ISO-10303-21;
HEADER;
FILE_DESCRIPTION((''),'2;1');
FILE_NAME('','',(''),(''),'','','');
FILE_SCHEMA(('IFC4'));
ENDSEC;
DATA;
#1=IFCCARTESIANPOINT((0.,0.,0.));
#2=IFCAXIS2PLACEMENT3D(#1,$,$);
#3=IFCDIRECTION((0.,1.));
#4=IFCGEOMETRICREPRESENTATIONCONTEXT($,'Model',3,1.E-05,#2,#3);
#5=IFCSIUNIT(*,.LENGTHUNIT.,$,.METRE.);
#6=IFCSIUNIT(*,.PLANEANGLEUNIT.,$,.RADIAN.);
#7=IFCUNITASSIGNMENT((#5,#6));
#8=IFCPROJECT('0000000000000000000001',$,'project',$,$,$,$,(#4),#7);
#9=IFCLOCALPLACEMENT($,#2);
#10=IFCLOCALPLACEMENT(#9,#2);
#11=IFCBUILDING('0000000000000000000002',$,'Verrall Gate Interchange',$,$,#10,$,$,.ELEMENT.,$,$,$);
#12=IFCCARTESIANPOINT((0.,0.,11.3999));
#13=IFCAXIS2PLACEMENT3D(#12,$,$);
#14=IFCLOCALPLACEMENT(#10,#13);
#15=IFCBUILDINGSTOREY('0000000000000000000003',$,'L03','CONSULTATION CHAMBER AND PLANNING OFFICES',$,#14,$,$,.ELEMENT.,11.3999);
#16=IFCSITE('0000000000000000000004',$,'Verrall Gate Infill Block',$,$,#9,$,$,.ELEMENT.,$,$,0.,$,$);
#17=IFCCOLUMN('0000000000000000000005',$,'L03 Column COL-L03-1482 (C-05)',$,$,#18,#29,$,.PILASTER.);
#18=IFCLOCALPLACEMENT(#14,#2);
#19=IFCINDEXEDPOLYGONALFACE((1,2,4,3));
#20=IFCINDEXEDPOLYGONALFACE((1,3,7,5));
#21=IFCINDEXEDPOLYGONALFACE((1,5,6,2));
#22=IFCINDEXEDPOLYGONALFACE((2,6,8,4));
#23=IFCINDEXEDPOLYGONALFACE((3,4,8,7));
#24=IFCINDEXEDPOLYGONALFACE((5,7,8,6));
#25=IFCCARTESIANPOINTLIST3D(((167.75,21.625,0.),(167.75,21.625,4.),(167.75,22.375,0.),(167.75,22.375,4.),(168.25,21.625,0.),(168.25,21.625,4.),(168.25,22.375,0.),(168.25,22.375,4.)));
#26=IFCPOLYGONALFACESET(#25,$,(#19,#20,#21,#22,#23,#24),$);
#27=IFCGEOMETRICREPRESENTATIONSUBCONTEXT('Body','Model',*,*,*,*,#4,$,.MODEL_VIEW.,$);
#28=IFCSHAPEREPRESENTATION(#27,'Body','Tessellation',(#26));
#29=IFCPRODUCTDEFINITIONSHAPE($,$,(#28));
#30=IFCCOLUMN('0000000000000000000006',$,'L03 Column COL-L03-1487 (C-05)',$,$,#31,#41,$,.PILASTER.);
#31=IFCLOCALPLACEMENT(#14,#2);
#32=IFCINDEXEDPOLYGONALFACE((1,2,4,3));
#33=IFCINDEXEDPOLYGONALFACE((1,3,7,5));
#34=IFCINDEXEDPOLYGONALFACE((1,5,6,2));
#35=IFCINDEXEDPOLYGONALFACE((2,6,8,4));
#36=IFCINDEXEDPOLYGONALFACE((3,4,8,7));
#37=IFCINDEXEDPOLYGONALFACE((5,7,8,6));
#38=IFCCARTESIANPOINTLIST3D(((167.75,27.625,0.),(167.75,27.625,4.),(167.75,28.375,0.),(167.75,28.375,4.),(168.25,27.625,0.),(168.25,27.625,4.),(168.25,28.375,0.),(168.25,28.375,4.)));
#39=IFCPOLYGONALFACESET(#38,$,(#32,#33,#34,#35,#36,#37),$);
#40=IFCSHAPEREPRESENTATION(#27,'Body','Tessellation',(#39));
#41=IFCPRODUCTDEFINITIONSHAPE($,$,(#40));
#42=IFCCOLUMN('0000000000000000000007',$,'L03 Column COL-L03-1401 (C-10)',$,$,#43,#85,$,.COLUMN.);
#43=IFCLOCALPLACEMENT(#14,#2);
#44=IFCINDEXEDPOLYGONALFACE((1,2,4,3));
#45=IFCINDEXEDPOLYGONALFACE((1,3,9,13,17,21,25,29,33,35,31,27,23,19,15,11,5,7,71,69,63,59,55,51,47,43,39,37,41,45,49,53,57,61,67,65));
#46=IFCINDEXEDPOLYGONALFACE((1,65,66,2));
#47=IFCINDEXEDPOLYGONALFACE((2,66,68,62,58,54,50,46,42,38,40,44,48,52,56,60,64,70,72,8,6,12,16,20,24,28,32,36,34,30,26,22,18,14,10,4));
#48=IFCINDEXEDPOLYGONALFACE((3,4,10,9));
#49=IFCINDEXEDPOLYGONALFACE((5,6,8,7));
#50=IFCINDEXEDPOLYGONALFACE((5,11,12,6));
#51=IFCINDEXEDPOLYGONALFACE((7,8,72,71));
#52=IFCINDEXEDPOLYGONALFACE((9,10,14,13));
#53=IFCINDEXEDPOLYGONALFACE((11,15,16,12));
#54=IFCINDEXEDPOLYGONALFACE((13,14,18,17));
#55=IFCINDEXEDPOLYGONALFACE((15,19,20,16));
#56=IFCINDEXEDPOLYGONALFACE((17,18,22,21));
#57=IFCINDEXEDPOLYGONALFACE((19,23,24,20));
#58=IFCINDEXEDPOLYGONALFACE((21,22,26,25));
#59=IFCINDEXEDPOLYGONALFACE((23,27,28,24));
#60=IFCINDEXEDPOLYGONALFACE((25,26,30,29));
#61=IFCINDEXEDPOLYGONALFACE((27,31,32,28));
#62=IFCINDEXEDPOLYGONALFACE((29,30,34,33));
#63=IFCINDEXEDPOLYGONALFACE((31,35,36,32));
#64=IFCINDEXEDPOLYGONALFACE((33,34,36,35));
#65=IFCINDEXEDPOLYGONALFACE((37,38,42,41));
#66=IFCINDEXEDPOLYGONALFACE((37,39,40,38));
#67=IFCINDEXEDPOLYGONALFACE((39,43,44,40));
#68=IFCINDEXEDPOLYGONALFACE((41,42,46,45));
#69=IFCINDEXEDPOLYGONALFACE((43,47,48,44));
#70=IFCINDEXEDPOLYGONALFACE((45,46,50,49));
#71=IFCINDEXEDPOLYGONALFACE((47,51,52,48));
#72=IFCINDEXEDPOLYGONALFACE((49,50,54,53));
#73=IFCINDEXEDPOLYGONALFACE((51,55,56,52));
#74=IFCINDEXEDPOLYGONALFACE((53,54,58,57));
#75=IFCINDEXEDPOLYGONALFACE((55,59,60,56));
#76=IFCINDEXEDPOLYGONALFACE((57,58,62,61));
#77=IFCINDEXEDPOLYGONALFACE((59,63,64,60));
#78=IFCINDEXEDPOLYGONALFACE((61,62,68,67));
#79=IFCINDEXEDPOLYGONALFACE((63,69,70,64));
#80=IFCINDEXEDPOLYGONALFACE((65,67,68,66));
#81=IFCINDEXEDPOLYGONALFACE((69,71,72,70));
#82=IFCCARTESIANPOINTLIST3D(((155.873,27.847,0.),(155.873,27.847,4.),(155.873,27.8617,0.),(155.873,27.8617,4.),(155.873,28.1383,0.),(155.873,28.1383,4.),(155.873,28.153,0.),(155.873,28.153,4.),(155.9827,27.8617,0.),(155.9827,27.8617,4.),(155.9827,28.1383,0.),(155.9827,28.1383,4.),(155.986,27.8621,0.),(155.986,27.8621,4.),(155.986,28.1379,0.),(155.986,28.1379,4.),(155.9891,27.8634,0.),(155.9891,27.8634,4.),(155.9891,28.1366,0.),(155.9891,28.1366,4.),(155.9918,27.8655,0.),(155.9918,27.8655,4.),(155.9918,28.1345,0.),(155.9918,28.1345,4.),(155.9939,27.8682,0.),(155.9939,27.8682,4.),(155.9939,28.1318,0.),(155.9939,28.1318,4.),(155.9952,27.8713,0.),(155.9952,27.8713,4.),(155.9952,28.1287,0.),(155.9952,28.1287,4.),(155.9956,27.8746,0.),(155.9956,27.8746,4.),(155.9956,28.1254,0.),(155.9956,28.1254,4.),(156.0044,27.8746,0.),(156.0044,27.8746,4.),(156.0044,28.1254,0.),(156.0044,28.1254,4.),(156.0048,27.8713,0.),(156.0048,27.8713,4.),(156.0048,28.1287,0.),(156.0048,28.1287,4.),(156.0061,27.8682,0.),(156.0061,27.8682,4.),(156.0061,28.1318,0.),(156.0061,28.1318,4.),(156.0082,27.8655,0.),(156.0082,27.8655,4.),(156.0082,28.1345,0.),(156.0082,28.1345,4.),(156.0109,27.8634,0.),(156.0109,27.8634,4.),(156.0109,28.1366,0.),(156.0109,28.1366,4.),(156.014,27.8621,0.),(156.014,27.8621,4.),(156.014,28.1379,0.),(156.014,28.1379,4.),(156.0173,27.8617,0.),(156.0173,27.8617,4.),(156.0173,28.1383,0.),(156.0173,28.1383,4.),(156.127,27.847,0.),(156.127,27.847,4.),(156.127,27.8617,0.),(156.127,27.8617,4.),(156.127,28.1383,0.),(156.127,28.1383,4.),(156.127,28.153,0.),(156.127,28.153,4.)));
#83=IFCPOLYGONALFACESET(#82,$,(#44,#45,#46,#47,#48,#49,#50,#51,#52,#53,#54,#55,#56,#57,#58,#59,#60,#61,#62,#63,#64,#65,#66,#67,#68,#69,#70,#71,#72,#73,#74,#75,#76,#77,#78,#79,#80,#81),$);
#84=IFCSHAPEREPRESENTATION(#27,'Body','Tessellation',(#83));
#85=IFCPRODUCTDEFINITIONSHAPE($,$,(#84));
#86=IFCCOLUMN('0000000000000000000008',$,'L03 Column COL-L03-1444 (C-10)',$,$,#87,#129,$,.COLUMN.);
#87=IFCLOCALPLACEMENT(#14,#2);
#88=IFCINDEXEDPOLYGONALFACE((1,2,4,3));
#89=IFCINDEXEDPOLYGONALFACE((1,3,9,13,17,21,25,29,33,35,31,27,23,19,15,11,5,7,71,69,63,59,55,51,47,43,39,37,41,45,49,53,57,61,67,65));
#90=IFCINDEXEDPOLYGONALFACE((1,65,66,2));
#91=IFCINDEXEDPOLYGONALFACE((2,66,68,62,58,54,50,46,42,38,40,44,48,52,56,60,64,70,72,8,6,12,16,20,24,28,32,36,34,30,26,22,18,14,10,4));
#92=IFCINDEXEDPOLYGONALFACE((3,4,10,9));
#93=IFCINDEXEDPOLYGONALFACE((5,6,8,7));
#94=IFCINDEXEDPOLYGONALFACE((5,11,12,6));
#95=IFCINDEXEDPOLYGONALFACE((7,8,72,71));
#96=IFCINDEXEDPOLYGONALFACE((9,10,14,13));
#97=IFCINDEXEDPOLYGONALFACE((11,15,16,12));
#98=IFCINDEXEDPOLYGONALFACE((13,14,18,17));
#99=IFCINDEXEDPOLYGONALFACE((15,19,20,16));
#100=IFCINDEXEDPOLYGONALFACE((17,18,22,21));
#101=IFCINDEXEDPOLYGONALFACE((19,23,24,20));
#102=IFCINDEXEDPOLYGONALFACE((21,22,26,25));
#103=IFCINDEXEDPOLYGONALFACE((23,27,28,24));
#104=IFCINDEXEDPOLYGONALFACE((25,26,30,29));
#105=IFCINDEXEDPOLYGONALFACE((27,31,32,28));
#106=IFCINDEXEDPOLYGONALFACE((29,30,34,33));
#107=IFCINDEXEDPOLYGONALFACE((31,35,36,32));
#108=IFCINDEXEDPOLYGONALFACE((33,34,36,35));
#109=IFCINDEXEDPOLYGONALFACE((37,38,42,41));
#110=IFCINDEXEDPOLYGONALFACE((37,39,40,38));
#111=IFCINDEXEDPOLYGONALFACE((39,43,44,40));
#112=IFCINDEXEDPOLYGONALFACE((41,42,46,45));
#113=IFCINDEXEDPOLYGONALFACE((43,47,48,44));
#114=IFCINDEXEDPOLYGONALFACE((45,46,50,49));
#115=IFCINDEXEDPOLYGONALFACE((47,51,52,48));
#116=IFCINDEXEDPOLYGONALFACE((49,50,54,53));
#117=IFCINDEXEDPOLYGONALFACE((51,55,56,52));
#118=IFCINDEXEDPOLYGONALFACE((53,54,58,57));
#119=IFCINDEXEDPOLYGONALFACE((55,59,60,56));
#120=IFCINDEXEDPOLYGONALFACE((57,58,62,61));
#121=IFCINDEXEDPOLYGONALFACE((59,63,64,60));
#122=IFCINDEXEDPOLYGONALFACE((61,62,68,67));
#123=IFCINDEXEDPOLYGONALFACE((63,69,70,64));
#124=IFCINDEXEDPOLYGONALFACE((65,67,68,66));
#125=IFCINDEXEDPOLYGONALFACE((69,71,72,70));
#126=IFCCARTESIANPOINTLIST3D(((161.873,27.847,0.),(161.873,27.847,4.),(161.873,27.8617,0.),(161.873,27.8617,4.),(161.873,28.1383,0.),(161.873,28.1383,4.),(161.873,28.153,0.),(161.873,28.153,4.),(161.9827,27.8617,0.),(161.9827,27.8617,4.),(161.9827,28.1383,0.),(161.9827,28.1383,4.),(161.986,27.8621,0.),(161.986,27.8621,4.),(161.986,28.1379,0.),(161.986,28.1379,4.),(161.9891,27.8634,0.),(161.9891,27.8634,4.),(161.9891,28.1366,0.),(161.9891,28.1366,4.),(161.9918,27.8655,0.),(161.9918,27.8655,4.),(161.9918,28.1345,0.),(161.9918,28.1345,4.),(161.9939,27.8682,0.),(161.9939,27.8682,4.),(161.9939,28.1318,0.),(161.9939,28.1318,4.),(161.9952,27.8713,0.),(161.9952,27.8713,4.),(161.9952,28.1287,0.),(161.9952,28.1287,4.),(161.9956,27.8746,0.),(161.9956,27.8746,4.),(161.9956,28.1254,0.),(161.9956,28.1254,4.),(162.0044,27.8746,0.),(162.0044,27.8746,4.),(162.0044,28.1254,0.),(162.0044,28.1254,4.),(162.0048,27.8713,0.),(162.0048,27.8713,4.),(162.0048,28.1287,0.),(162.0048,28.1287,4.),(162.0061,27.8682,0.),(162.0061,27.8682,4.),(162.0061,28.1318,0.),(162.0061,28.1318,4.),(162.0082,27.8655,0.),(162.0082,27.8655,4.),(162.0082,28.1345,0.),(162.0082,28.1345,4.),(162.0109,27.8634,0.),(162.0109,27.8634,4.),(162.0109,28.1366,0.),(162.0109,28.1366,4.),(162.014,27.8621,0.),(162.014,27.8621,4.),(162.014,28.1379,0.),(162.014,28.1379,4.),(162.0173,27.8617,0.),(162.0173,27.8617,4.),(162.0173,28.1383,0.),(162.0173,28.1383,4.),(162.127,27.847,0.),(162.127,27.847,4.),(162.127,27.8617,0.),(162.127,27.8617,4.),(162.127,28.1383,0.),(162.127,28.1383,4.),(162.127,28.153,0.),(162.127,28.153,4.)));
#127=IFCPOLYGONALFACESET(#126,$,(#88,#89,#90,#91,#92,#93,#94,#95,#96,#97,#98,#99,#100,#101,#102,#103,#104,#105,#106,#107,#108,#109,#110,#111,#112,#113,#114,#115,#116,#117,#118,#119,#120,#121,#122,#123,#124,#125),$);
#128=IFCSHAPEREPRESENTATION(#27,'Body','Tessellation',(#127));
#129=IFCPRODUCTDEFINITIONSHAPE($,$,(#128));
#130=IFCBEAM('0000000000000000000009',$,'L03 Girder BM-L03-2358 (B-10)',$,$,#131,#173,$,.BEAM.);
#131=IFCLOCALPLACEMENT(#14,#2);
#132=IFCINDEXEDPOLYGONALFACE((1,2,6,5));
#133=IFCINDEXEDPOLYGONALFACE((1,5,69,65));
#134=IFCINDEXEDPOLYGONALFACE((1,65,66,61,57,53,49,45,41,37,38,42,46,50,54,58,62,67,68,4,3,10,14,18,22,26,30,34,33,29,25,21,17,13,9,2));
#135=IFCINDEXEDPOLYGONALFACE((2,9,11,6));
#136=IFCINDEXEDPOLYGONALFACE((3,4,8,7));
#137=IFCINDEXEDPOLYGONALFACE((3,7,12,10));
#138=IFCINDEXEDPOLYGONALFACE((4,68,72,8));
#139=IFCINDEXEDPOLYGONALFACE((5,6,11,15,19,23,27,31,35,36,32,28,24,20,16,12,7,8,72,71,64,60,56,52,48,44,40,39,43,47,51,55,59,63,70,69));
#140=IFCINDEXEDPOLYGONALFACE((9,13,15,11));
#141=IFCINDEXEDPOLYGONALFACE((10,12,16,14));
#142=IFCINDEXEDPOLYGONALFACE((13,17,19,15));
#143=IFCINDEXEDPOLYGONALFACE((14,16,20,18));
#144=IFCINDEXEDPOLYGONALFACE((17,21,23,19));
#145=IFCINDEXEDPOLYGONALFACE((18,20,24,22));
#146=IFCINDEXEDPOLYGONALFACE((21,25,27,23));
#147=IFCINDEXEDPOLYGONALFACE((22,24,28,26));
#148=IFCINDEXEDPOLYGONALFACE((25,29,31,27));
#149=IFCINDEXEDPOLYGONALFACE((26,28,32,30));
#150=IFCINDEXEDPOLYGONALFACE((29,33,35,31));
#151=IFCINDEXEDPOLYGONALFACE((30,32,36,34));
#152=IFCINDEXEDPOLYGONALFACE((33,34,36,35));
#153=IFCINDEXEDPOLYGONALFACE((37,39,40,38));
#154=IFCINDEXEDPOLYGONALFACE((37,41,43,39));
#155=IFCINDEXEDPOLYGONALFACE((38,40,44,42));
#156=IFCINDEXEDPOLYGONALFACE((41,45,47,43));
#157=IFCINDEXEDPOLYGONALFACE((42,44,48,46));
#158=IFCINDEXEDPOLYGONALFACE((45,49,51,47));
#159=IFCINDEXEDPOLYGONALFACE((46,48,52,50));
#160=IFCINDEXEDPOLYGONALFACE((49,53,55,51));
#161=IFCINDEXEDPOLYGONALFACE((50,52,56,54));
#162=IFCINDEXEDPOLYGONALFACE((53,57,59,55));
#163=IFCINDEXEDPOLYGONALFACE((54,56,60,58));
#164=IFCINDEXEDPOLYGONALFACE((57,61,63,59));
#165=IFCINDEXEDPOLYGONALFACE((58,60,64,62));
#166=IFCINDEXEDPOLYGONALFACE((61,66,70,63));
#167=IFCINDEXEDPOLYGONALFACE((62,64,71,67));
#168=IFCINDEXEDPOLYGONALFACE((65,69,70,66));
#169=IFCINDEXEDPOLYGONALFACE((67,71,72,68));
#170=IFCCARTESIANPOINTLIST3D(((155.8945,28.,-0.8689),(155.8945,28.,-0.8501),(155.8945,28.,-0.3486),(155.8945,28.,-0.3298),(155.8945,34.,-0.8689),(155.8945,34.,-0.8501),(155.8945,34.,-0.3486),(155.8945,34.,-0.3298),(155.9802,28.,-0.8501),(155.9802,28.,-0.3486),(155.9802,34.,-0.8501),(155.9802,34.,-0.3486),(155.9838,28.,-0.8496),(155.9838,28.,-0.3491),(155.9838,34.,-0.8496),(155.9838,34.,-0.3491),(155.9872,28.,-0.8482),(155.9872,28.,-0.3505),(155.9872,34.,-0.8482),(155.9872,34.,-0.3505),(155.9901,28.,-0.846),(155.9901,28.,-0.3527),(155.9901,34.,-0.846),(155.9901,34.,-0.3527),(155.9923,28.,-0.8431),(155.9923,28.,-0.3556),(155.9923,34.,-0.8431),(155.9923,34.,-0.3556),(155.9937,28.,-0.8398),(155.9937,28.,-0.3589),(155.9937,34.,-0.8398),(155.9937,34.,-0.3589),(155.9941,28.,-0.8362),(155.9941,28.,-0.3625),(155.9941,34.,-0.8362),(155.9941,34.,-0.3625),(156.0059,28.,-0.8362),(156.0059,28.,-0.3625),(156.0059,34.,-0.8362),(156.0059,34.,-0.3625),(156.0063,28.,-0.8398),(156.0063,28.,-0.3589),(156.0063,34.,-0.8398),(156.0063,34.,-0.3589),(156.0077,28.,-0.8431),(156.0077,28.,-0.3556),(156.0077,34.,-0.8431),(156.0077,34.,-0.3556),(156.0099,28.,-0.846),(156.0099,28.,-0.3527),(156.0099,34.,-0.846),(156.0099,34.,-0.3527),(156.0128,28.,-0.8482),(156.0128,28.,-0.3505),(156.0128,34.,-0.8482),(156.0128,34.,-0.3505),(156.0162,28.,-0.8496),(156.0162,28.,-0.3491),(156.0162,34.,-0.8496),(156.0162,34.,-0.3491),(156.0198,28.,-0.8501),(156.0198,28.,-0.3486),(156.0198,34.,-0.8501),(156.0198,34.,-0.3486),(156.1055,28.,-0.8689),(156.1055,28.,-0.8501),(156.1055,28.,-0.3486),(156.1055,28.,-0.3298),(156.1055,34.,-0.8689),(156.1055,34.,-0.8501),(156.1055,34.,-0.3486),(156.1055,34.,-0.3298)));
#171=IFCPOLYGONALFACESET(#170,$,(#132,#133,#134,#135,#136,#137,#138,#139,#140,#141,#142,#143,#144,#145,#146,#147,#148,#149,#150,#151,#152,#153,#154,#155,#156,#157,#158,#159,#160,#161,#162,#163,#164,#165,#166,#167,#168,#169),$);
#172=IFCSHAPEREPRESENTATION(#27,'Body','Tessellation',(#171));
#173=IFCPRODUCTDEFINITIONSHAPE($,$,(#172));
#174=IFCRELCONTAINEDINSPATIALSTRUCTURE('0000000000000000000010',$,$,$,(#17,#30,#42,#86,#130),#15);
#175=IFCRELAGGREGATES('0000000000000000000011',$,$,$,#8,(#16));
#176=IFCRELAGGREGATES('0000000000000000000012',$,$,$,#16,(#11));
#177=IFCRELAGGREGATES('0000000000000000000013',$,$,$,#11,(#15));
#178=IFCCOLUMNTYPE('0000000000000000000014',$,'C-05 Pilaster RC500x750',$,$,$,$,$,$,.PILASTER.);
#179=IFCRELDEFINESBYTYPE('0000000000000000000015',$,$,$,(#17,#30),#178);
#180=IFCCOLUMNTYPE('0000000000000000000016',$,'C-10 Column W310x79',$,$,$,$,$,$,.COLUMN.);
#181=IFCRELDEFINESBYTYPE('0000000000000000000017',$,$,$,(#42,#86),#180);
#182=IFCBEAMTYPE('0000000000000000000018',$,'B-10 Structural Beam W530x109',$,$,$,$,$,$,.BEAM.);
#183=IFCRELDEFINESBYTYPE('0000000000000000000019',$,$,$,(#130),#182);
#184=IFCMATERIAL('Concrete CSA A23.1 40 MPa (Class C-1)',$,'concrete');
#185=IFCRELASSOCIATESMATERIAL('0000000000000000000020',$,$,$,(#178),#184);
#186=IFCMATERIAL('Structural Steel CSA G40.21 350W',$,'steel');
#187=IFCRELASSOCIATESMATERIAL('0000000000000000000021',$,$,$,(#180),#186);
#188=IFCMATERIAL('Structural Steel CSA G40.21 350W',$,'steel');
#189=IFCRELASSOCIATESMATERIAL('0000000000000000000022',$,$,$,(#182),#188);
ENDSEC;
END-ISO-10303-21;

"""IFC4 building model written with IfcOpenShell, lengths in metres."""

from ifc_helpers import new_model, si_unit, direction, frame, origin, origin_2d, place, context, subcontext, project, spatial, rectangle, i_section, extrude, material, material_profile, profile_set, type_object, element, save


model = new_model("IFC4")

# Units and contexts
model_context = context("Model", 3, precision=1e-05, world=origin(), true_north=direction((0.0, 1.0)))
body_context = subcontext(model_context, "Body", "Model", "MODEL_VIEW")
ifc_project = project(units=[si_unit("LENGTHUNIT", "METRE"), si_unit("PLANEANGLEUNIT", "RADIAN")], contexts=[model_context])

# Site, building, storey
site_placement = place(None, origin())
site = spatial("IfcSite", under=ifc_project, at=site_placement, Name="Verrall Gate Infill Block", CompositionType="ELEMENT", RefElevation=0.0)
building_placement = place(site_placement, origin())
building = spatial("IfcBuilding", under=site, at=building_placement, Name="Verrall Gate Interchange", CompositionType="ELEMENT")
storey_placement = place(building_placement, frame((0.0, 0.0, 11.3999)))
storey = spatial("IfcBuildingStorey", under=building, at=storey_placement, Name="L03", Description="CONSULTATION CHAMBER AND PLANNING OFFICES", CompositionType="ELEMENT", Elevation=11.3999)

# Columns
ifc_material_1 = material(Name="Concrete CSA A23.1 40 MPa (Class C-1)", Category="concrete")
ifc_material_profile_1 = material_profile(ifc_material_1, rectangle(XDim=0.5, YDim=0.75, at=origin_2d()), Name="RC500x750")
ifc_profile_set_1 = profile_set([ifc_material_profile_1], Name="Concrete CSA A23.1 40 MPa (Class C-1)")
column_type_1 = type_object("IfcColumnType", Name="C-05 Pilaster RC500x750", PredefinedType="PILASTER", material=ifc_profile_set_1)
for number, where, z_axis, x_axis, name in (
    (1, (168.0, 22.0, 0.0), (0.0, 0.0, 1.0), (1.0, 0.0, 0.0), "L03 Column COL-L03-1482 (C-05)"),
    (2, (168.0, 28.0, 0.0), (0.0, 0.0, 1.0), (1.0, 0.0, 0.0), "L03 Column COL-L03-1487 (C-05)"),
):
    element("IfcColumn", number, at=place(storey_placement, frame(where, z_axis=z_axis, x_axis=x_axis)), inside=storey, type_object=column_type_1, Name=name, PredefinedType="PILASTER", context=body_context, shape_type="SweptSolid", body=[
        extrude(rectangle(XDim=0.5, YDim=0.75, at=origin_2d()), origin(), (0.0, 0.0, 1.0), 4.0),
    ])
ifc_material_2 = material(Name="Structural Steel CSA G40.21 350W", Category="steel")
ifc_material_profile_2 = material_profile(ifc_material_2, i_section(OverallWidth=0.2539, OverallDepth=0.3059, WebThickness=0.0088, FlangeThickness=0.0146, FilletRadius=0.0129, at=origin_2d()), Name="W310x79")
ifc_profile_set_2 = profile_set([ifc_material_profile_2], Name="Structural Steel CSA G40.21 350W")
column_type_2 = type_object("IfcColumnType", Name="C-10 Column W310x79", PredefinedType="COLUMN", material=ifc_profile_set_2)
for number, where, z_axis, x_axis, name in (
    (3, (156.0, 28.0, 0.0), (0.0, 0.0, 1.0), (1.0, 0.0, 0.0), "L03 Column COL-L03-1401 (C-10)"),
    (4, (162.0, 28.0, 0.0), (0.0, 0.0, 1.0), (1.0, 0.0, 0.0), "L03 Column COL-L03-1444 (C-10)"),
):
    element("IfcColumn", number, at=place(storey_placement, frame(where, z_axis=z_axis, x_axis=x_axis)), inside=storey, type_object=column_type_2, Name=name, PredefinedType="COLUMN", context=body_context, shape_type="SweptSolid", body=[
        extrude(i_section(OverallWidth=0.2539, OverallDepth=0.3059, WebThickness=0.0088, FlangeThickness=0.0146, FilletRadius=0.0129, at=origin_2d()), origin(), (0.0, 0.0, 1.0), 4.0),
    ])

# Beam
ifc_material_3 = material(Name="Structural Steel CSA G40.21 350W", Category="steel")
ifc_material_profile_3 = material_profile(ifc_material_3, i_section(OverallWidth=0.2109, OverallDepth=0.5391, WebThickness=0.0117, FlangeThickness=0.0188, FilletRadius=0.0139, at=origin_2d()), Name="W530x109")
ifc_profile_set_3 = profile_set([ifc_material_profile_3], Name="Structural Steel CSA G40.21 350W")
beam_type_1 = type_object("IfcBeamType", Name="B-10 Structural Beam W530x109", PredefinedType="BEAM", material=ifc_profile_set_3)
for number, where, z_axis, x_axis, name in (
    (5, (156.0, 28.0, -0.5994), (0.0, 1.0, 0.0), (-1.0, 0.0, 0.0), "L03 Girder BM-L03-2358 (B-10)"),
):
    element("IfcBeam", number, at=place(storey_placement, frame(where, z_axis=z_axis, x_axis=x_axis)), inside=storey, type_object=beam_type_1, Name=name, PredefinedType="BEAM", context=body_context, shape_type="SweptSolid", body=[
        extrude(i_section(OverallWidth=0.2109, OverallDepth=0.5391, WebThickness=0.0117, FlangeThickness=0.0188, FilletRadius=0.0139, at=origin_2d()), origin(), (0.0, 0.0, 1.0), 6.0),
    ])

save(model, "model.ifc")
